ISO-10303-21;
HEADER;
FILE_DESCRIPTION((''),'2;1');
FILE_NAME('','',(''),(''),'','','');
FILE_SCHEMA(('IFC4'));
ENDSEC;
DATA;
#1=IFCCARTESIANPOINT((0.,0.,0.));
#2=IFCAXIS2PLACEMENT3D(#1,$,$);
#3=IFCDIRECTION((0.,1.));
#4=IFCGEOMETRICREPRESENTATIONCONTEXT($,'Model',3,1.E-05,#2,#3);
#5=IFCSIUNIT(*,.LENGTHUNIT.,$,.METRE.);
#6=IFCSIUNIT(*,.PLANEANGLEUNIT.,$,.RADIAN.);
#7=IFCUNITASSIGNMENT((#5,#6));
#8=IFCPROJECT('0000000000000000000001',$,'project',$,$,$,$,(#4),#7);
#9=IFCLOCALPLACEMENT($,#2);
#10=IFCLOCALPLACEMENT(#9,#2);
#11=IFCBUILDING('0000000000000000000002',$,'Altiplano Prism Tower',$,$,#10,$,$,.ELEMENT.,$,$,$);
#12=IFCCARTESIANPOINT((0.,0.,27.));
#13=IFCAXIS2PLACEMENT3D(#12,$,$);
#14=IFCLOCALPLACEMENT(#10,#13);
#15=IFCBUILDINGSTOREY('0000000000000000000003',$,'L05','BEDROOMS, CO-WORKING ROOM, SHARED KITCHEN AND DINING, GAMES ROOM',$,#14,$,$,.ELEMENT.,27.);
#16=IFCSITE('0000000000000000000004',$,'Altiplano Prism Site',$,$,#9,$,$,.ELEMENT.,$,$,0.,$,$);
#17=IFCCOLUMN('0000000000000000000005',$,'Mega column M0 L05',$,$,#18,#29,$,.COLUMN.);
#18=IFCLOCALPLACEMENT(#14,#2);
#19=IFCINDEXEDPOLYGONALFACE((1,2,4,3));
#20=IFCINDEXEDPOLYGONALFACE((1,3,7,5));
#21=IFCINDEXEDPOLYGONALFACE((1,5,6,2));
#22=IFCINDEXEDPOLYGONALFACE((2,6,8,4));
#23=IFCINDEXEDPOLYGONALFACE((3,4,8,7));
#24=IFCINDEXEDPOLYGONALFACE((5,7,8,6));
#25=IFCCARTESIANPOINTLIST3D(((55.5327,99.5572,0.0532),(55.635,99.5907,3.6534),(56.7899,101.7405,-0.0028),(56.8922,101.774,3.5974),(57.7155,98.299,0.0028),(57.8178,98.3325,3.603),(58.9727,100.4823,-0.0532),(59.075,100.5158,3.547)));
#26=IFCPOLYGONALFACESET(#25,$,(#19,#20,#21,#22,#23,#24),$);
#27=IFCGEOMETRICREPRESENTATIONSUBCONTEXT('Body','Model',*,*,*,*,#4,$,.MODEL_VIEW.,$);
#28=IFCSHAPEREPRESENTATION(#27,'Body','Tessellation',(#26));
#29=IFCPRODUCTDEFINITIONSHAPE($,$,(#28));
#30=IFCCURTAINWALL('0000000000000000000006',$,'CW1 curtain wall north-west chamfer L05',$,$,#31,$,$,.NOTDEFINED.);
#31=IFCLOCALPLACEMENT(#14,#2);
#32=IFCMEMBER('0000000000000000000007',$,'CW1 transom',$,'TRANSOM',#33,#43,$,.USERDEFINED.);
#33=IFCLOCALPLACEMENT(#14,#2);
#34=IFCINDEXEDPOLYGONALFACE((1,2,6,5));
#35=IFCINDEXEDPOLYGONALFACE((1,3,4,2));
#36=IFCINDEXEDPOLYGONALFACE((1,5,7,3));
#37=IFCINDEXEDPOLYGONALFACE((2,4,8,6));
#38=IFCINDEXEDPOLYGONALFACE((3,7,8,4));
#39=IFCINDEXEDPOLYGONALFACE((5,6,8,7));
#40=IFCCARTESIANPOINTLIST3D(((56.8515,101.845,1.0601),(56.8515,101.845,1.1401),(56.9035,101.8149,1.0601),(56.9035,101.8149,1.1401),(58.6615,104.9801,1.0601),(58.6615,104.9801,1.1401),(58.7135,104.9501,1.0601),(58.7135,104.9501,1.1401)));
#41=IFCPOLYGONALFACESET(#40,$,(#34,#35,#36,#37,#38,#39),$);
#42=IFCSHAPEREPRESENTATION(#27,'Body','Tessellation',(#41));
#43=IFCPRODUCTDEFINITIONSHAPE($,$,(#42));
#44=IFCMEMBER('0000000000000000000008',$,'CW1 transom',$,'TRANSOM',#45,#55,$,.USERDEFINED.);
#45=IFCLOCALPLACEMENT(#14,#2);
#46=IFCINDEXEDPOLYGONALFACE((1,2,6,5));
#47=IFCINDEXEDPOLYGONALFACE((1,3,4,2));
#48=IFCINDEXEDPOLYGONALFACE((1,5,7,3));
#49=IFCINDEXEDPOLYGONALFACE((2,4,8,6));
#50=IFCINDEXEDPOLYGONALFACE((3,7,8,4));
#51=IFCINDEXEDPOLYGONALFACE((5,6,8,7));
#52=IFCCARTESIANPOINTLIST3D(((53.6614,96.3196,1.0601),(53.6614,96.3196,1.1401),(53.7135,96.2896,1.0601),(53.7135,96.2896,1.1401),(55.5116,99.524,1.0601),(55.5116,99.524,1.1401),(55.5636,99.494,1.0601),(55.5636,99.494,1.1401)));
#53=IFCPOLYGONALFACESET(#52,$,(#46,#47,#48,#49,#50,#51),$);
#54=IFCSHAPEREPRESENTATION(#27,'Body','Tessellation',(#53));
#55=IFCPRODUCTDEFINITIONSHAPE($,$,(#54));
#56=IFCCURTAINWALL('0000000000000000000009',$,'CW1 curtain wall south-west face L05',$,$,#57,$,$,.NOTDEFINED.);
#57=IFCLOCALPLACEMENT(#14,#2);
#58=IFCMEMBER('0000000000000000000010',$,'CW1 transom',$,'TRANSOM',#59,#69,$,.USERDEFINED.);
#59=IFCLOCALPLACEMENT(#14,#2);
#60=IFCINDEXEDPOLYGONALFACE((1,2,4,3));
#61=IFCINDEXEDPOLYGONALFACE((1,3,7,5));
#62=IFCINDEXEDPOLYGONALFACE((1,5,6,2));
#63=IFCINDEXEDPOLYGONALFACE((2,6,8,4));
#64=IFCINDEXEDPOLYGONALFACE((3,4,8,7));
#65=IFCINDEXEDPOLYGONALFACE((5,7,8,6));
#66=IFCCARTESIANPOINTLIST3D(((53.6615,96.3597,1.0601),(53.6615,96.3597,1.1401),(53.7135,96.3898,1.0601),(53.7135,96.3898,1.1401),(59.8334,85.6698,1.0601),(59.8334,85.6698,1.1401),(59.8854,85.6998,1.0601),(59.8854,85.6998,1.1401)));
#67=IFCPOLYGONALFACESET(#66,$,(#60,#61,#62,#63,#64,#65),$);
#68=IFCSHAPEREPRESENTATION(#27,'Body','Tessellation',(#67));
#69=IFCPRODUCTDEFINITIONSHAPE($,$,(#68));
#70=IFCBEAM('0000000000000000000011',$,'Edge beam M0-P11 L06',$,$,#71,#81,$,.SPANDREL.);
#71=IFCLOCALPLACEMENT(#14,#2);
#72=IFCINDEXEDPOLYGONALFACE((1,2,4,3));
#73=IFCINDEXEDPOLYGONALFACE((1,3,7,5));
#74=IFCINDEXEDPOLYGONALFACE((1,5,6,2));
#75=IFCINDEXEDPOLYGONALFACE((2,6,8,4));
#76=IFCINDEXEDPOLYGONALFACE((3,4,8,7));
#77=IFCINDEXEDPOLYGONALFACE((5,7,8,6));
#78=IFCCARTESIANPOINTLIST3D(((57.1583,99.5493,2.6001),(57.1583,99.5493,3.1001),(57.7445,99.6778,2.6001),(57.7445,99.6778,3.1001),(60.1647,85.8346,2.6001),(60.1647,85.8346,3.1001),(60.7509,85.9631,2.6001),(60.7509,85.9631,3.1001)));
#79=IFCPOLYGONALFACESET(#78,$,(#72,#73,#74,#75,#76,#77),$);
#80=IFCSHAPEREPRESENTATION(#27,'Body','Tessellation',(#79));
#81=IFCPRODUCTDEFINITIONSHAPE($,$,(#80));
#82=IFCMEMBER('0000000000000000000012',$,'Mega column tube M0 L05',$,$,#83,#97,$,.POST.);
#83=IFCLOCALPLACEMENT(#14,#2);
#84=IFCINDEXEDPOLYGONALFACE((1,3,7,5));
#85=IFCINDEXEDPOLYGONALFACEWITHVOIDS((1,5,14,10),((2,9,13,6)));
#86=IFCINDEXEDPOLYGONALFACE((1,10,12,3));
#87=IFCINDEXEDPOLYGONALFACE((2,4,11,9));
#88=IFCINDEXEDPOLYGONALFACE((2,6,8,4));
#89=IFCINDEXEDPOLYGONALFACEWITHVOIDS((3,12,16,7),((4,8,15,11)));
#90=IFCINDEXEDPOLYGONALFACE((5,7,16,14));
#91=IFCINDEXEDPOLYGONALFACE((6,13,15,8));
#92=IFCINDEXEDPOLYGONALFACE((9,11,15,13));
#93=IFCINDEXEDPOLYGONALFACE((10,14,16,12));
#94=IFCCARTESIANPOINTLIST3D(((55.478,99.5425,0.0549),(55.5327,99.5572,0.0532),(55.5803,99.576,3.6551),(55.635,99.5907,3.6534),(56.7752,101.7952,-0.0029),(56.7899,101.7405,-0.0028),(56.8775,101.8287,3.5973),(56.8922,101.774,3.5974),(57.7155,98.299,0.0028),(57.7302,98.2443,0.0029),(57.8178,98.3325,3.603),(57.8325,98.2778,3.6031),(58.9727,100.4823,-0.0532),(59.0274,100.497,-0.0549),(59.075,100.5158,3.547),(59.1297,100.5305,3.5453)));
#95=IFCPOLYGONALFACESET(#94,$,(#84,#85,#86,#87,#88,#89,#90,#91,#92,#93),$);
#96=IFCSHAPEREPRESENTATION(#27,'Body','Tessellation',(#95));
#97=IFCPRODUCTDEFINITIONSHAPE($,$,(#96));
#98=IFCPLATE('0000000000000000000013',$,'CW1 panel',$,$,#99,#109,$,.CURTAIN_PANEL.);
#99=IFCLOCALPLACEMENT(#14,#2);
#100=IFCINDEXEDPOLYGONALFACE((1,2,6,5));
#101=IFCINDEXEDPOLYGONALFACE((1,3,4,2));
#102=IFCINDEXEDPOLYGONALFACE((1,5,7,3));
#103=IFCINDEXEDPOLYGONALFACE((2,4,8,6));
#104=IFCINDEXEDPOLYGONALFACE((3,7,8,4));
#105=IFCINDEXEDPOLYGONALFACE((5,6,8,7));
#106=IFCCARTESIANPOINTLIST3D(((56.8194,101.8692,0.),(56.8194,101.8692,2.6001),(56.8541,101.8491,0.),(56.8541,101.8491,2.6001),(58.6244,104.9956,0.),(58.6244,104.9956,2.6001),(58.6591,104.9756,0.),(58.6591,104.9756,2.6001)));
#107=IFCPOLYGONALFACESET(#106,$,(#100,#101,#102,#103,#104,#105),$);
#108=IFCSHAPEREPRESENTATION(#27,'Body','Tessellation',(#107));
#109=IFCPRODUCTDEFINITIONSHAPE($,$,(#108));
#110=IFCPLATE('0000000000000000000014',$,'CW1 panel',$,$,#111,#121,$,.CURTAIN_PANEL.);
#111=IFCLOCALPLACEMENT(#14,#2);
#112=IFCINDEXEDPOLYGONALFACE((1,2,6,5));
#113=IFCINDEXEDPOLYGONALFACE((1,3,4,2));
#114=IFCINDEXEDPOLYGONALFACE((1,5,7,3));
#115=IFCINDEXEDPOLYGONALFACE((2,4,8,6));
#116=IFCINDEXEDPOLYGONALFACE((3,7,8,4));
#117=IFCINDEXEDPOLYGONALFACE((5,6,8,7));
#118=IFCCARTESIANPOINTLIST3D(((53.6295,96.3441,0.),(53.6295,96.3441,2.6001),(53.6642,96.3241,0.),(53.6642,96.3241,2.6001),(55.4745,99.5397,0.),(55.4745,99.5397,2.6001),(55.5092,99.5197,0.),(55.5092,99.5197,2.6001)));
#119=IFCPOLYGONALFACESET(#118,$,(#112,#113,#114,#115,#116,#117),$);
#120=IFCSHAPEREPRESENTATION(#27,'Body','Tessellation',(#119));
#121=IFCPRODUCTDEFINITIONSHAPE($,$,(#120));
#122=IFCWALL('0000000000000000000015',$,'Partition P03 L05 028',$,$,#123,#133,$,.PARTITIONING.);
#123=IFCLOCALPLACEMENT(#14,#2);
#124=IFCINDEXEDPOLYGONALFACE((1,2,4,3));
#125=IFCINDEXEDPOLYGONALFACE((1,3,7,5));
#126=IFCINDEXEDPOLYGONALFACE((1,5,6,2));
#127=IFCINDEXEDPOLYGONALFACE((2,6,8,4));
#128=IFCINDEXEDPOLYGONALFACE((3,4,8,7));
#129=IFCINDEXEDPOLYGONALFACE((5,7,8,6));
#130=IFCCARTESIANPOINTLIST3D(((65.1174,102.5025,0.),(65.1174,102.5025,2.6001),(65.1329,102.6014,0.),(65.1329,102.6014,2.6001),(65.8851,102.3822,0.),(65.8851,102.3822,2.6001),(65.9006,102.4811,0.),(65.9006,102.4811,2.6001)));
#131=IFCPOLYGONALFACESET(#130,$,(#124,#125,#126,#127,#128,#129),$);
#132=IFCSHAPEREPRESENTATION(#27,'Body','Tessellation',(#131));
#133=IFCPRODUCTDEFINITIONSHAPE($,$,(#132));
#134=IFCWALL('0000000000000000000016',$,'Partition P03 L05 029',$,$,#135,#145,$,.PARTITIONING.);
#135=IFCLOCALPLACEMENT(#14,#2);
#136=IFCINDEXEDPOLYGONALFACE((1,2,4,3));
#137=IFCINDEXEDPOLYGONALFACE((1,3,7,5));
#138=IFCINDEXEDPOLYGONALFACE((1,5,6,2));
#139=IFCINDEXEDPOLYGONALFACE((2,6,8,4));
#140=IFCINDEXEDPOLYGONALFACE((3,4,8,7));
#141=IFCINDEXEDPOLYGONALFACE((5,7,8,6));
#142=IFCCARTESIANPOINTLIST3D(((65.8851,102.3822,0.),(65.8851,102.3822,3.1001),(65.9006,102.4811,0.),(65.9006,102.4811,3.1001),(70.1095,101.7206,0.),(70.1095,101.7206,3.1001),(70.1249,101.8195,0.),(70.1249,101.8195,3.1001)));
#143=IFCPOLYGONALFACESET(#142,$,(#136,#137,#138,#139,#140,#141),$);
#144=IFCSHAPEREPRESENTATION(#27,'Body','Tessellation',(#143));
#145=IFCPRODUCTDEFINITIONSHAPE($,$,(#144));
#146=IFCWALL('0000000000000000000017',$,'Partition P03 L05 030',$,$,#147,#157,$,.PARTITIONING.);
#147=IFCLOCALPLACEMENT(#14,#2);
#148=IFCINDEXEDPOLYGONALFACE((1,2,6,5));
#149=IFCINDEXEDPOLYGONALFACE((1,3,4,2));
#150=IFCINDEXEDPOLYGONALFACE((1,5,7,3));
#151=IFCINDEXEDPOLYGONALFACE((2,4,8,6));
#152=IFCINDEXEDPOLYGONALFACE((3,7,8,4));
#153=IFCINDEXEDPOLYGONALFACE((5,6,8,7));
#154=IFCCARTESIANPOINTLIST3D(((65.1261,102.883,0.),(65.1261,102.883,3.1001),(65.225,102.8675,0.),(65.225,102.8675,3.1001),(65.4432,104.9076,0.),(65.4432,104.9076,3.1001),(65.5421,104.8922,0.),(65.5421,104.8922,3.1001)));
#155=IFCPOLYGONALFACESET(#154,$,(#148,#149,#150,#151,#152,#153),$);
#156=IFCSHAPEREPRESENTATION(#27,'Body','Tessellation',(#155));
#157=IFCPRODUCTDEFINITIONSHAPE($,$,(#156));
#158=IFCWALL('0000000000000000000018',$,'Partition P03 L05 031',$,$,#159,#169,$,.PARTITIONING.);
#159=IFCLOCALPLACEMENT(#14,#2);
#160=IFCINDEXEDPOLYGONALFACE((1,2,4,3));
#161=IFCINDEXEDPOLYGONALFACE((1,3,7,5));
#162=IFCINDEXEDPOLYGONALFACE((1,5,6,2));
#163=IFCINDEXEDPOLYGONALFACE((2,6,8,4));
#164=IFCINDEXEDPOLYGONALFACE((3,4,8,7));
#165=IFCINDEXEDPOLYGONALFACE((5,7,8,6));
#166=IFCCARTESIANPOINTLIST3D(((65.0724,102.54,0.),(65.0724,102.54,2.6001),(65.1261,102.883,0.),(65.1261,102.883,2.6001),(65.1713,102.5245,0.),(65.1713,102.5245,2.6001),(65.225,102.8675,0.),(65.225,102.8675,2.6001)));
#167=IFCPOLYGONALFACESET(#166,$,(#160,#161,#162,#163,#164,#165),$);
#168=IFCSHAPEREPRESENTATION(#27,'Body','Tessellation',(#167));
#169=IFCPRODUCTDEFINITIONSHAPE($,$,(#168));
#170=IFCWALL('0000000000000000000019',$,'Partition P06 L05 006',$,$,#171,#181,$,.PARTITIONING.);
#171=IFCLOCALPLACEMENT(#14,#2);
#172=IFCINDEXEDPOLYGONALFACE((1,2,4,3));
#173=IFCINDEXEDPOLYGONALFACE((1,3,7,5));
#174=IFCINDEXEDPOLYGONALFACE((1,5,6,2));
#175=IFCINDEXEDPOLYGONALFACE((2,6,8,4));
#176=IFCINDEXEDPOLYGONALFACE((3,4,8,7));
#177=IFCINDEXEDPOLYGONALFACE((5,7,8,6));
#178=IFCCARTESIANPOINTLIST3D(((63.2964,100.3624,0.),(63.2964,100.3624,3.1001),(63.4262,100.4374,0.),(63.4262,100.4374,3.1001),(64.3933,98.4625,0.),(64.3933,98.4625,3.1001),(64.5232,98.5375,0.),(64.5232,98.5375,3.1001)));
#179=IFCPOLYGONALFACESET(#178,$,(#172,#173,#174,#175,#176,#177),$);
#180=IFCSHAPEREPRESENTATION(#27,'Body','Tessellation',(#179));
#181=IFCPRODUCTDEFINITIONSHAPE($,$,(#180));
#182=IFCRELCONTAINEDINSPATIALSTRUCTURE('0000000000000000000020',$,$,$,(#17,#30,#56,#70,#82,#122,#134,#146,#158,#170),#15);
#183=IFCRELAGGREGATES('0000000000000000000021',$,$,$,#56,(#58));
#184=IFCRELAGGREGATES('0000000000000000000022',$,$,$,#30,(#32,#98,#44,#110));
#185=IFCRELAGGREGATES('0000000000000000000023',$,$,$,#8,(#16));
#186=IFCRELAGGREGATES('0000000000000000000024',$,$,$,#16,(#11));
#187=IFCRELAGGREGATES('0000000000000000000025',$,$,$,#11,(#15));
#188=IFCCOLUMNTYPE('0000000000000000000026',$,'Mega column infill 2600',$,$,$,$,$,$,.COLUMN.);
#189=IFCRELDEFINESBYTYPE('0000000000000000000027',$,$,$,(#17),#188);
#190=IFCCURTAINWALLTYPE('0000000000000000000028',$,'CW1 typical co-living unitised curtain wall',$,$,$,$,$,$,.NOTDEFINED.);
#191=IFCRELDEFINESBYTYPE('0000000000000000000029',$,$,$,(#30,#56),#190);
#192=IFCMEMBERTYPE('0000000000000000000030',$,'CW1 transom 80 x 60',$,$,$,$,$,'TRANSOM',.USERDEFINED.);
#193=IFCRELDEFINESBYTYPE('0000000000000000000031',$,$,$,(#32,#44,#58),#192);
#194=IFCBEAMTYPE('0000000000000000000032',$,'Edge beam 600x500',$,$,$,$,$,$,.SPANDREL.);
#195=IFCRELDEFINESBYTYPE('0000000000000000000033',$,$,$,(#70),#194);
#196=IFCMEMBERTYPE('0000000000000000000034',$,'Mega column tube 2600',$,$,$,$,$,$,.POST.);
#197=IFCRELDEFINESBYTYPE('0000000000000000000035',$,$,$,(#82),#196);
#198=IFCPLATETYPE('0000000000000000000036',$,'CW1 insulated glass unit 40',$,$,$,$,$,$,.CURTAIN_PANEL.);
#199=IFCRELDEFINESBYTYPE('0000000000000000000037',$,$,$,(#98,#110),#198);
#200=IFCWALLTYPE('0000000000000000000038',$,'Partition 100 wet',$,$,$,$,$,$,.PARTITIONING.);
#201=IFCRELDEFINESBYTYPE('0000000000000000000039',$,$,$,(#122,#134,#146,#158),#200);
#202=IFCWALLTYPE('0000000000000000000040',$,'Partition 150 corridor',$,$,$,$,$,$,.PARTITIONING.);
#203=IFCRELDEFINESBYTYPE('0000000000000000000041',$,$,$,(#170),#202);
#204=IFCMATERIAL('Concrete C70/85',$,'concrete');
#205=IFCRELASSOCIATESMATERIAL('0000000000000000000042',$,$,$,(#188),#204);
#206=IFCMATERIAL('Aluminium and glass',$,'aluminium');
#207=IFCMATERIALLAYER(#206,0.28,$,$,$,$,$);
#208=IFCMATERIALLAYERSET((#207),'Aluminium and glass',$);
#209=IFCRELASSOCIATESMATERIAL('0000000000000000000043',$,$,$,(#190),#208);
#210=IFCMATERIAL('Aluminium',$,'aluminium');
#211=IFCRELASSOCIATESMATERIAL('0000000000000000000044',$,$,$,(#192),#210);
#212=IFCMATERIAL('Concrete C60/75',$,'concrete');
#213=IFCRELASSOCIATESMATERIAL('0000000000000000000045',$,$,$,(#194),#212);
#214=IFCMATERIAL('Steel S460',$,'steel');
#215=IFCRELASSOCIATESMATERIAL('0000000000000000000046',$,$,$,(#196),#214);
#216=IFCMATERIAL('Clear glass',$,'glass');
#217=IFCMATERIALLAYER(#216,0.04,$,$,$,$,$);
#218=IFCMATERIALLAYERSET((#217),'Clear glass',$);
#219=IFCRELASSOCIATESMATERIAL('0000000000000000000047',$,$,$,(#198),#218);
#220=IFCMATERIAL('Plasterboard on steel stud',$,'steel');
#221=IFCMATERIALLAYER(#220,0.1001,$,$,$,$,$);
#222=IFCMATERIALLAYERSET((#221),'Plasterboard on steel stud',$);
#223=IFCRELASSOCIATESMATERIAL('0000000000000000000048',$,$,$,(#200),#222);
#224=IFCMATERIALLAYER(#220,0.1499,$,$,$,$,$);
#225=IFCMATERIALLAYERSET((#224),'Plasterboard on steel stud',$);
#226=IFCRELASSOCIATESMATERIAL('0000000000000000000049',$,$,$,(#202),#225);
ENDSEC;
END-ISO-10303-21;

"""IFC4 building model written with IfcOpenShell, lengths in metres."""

from ifc_helpers import new_model, si_unit, direction, frame, frame_2d, origin, origin_2d, place, context, subcontext, project, spatial, rectangle, hollow_rectangle, extrude, material, layer, layer_set, material_profile, profile_set, type_object, element, aggregate, save


model = new_model("IFC4")

# Units and contexts
model_context = context("Model", 3, precision=1e-05, world=origin(), true_north=direction((0.0, 1.0)))
body_context = subcontext(model_context, "Body", "Model", "MODEL_VIEW")
ifc_project = project(units=[si_unit("LENGTHUNIT", "METRE"), si_unit("PLANEANGLEUNIT", "RADIAN")], contexts=[model_context])

# Site, building, storey
site_placement = place(None, origin())
site = spatial("IfcSite", under=ifc_project, at=site_placement, Name="Altiplano Prism Site", CompositionType="ELEMENT", RefElevation=0.0)
building_placement = place(site_placement, origin())
building = spatial("IfcBuilding", under=site, at=building_placement, Name="Altiplano Prism Tower", CompositionType="ELEMENT")
storey_placement = place(building_placement, frame((0.0, 0.0, 27.0)))
storey = spatial("IfcBuildingStorey", under=building, at=storey_placement, Name="L05", Description="BEDROOMS, CO-WORKING ROOM, SHARED KITCHEN AND DINING, GAMES ROOM", CompositionType="ELEMENT", Elevation=27.0)

# Column
ifc_material_1 = material(Name="Concrete C70/85", Category="concrete")
ifc_material_profile_1 = material_profile(ifc_material_1, rectangle(XDim=2.52, YDim=2.52, at=origin_2d()), Name="Mega column infill 2600")
ifc_profile_set_1 = profile_set([ifc_material_profile_1], Name="Concrete C70/85")
column_type = type_object("IfcColumnType", Name="Mega column infill 2600", PredefinedType="COLUMN", material=ifc_profile_set_1)
column_placement = place(storey_placement, frame((57.2527, 100.0198, 0.0), z_axis=(0.028402, 0.009287, 0.999553), x_axis=(-0.866202, 0.499295, 0.019974)))
element("IfcColumn", 1, at=column_placement, inside=storey, type_object=column_type, Name="Mega column M0 L05", PredefinedType="COLUMN", context=body_context, shape_type="SweptSolid", body=[
    extrude(rectangle(XDim=2.52, YDim=2.52, at=origin_2d()), origin(), (0.0, 0.0, 1.0), 3.6018),
])

# Curtain wall, members
ifc_material_2 = material(Name="Aluminium and glass", Category="aluminium")
ifc_layer_1 = layer(ifc_material_2, 0.28)
ifc_layer_set_1 = layer_set([ifc_layer_1], Name="Aluminium and glass")
curtain_wall_type = type_object("IfcCurtainWallType", Name="CW1 typical co-living unitised curtain wall", PredefinedType="NOTDEFINED", material=ifc_layer_set_1)
curtain_wall_1_placement = place(storey_placement, origin())
curtain_wall_1 = element("IfcCurtainWall", 2, at=curtain_wall_1_placement, inside=storey, type_object=curtain_wall_type, Name="CW1 curtain wall north-west chamfer L05", PredefinedType="NOTDEFINED")
ifc_material_3 = material(Name="Aluminium", Category="aluminium")
ifc_material_profile_2 = material_profile(ifc_material_3, rectangle(XDim=0.0601, YDim=0.0801, at=origin_2d()), Name="CW1 transom 80 x 60")
ifc_profile_set_2 = profile_set([ifc_material_profile_2], Name="Aluminium")
member_type_1 = type_object("IfcMemberType", Name="CW1 transom 80 x 60", ElementType="TRANSOM", PredefinedType="USERDEFINED", material=ifc_profile_set_2)
member_1_placement = place(storey_placement, frame((58.6875, 104.9651, 1.1001), z_axis=(-0.499983, -0.866035, 0.0), x_axis=(0.866035, -0.499983, 0.0)))
member_1 = element("IfcMember", 3, at=member_1_placement, type_object=member_type_1, Name="CW1 transom", ObjectType="TRANSOM", PredefinedType="USERDEFINED", context=body_context, shape_type="SweptSolid", body=[
    extrude(rectangle(XDim=0.0601, YDim=0.0801, at=origin_2d()), origin(), (0.0, 0.0, 1.0), 3.6201),
])
member_2_placement = place(storey_placement, frame((55.5376, 99.509, 1.1001), z_axis=(-0.500014, -0.866017, 0.0), x_axis=(0.866017, -0.500014, 0.0)))
member_2 = element("IfcMember", 4, at=member_2_placement, type_object=member_type_1, Name="CW1 transom", ObjectType="TRANSOM", PredefinedType="USERDEFINED", context=body_context, shape_type="SweptSolid", body=[
    extrude(rectangle(XDim=0.0601, YDim=0.0801, at=origin_2d()), origin(), (0.0, 0.0, 1.0), 3.7002),
])

# Curtain wall, member
curtain_wall_2_placement = place(storey_placement, origin())
curtain_wall_2 = element("IfcCurtainWall", 5, at=curtain_wall_2_placement, inside=storey, type_object=curtain_wall_type, Name="CW1 curtain wall south-west face L05", PredefinedType="NOTDEFINED")
member_3_placement = place(storey_placement, frame((53.6875, 96.3748, 1.1001), z_axis=(0.500002, -0.866024, 0.0), x_axis=(0.866024, 0.500002, 0.0)))
member_3 = element("IfcMember", 6, at=member_3_placement, type_object=member_type_1, Name="CW1 transom", ObjectType="TRANSOM", PredefinedType="USERDEFINED", context=body_context, shape_type="SweptSolid", body=[
    extrude(rectangle(XDim=0.0601, YDim=0.0801, at=origin_2d()), origin(), (0.0, 0.0, 1.0), 12.3438),
])
aggregate(curtain_wall_2, [member_3])

# Beam
ifc_material_4 = material(Name="Concrete C60/75", Category="concrete")
ifc_material_profile_3 = material_profile(ifc_material_4, rectangle(XDim=0.6001, YDim=0.5, at=origin_2d()), Name="Edge beam 600x500")
ifc_profile_set_3 = profile_set([ifc_material_profile_3], Name="Concrete C60/75")
beam_type = type_object("IfcBeamType", Name="Edge beam 600x500", PredefinedType="SPANDREL", material=ifc_profile_set_3)
beam_placement = place(storey_placement, frame((57.4514, 99.6135, 2.8501), z_axis=(0.214124, -0.976807, 0.0), x_axis=(0.976807, 0.214124, 0.0)))
element("IfcBeam", 7, at=beam_placement, inside=storey, type_object=beam_type, Name="Edge beam M0-P11 L06", PredefinedType="SPANDREL", context=body_context, shape_type="SweptSolid", body=[
    extrude(rectangle(XDim=0.6001, YDim=0.5, at=origin_2d()), origin(), (0.0, 0.0, 1.0), 14.0403),
])

# Member
ifc_material_5 = material(Name="Steel S460", Category="steel")
ifc_material_profile_4 = material_profile(ifc_material_5, hollow_rectangle(XDim=2.6001, YDim=2.6001, WallThickness=0.04, at=origin_2d()), Name="Mega column tube 2600")
ifc_profile_set_4 = profile_set([ifc_material_profile_4], Name="Steel S460")
member_type_2 = type_object("IfcMemberType", Name="Mega column tube 2600", PredefinedType="POST", material=ifc_profile_set_4)
member_4_placement = place(storey_placement, frame((57.2527, 100.0198, 0.0), z_axis=(0.028402, 0.009287, 0.999553), x_axis=(-0.866202, 0.499295, 0.019974)))
element("IfcMember", 8, at=member_4_placement, inside=storey, type_object=member_type_2, Name="Mega column tube M0 L05", PredefinedType="POST", context=body_context, shape_type="SweptSolid", body=[
    extrude(hollow_rectangle(XDim=2.6001, YDim=2.6001, WallThickness=0.04, at=origin_2d()), origin(), (0.0, 0.0, 1.0), 3.6018),
])

# Plates
ifc_material_6 = material(Name="Clear glass", Category="glass")
ifc_layer_2 = layer(ifc_material_6, 0.04)
ifc_layer_set_2 = layer_set([ifc_layer_2], Name="Clear glass")
plate_type = type_object("IfcPlateType", Name="CW1 insulated glass unit 40", PredefinedType="CURTAIN_PANEL", material=ifc_layer_set_2)
plate_1_placement = place(storey_placement, frame((57.7393, 103.4224, 0.0), z_axis=(0.0, 0.0, 1.0), x_axis=(-0.5, -0.866025, 0.0)))
plate_1 = element("IfcPlate", 9, at=plate_1_placement, type_object=plate_type, Name="CW1 panel", PredefinedType="CURTAIN_PANEL", context=body_context, shape_type="SweptSolid", body=[
    extrude(rectangle(XDim=3.6101, YDim=0.04, at=origin_2d()), origin(), (0.0, 0.0, 1.0), 2.6001),
])
plate_2_placement = place(storey_placement, frame((54.5693, 97.9319, 0.0), z_axis=(0.0, 0.0, 1.0), x_axis=(-0.5, -0.866025, 0.0)))
plate_2 = element("IfcPlate", 10, at=plate_2_placement, type_object=plate_type, Name="CW1 panel", PredefinedType="CURTAIN_PANEL", context=body_context, shape_type="SweptSolid", body=[
    extrude(rectangle(XDim=3.6899, YDim=0.04, at=origin_2d()), origin(), (0.0, 0.0, 1.0), 2.6001),
])
aggregate(curtain_wall_1, [member_1, plate_1, member_2, plate_2])

# Walls
ifc_material_7 = material(Name="Plasterboard on steel stud", Category="steel")
ifc_layer_3 = layer(ifc_material_7, 0.1001)
ifc_layer_set_3 = layer_set([ifc_layer_3], Name="Plasterboard on steel stud")
wall_type_1 = type_object("IfcWallType", Name="Partition 100 wet", PredefinedType="PARTITIONING", material=ifc_layer_set_3)
wall_1_placement = place(storey_placement, frame((65.125, 102.552, 0.0), z_axis=(0.0, 0.0, 1.0), x_axis=(0.987936, -0.154866, 0.0)))
element("IfcWall", 11, at=wall_1_placement, inside=storey, type_object=wall_type_1, Name="Partition P03 L05 028", PredefinedType="PARTITIONING", context=body_context, shape_type="SweptSolid", body=[
    extrude(rectangle(XDim=0.7771, YDim=0.1001, at=frame_2d((0.3887, 0.0))), origin(), (0.0, 0.0, 1.0), 2.6001),
])
wall_2_placement = place(storey_placement, frame((65.8928, 102.4316, 0.0), z_axis=(0.0, 0.0, 1.0), x_axis=(0.987956, -0.154734, 0.0)))
element("IfcWall", 12, at=wall_2_placement, inside=storey, type_object=wall_type_1, Name="Partition P03 L05 029", PredefinedType="PARTITIONING", context=body_context, shape_type="SweptSolid", body=[
    extrude(rectangle(XDim=4.2759, YDim=0.1001, at=frame_2d((2.1379, 0.0))), origin(), (0.0, 0.0, 1.0), 3.1001),
])
wall_3_placement = place(storey_placement, frame((65.4927, 104.8999, 0.0), z_axis=(0.0, 0.0, 1.0), x_axis=(-0.154751, -0.987953, 0.0)))
element("IfcWall", 13, at=wall_3_placement, inside=storey, type_object=wall_type_1, Name="Partition P03 L05 030", PredefinedType="PARTITIONING", context=body_context, shape_type="SweptSolid", body=[
    extrude(rectangle(XDim=2.0493, YDim=0.1001, at=frame_2d((1.0247, 0.0))), origin(), (0.0, 0.0, 1.0), 3.1001),
])
wall_4_placement = place(storey_placement, frame((65.1755, 102.8752, 0.0), z_axis=(0.0, 0.0, 1.0), x_axis=(-0.154699, -0.987962, 0.0)))
element("IfcWall", 14, at=wall_4_placement, inside=storey, type_object=wall_type_1, Name="Partition P03 L05 031", PredefinedType="PARTITIONING", context=body_context, shape_type="SweptSolid", body=[
    extrude(rectangle(XDim=0.3472, YDim=0.1001, at=frame_2d((0.1736, 0.0))), origin(), (0.0, 0.0, 1.0), 2.6001),
])
ifc_layer_4 = layer(ifc_material_7, 0.1499)
ifc_layer_set_4 = layer_set([ifc_layer_4], Name="Plasterboard on steel stud")
wall_type_2 = type_object("IfcWallType", Name="Partition 150 corridor", PredefinedType="PARTITIONING", material=ifc_layer_set_4)
wall_5_placement = place(storey_placement, frame((64.4583, 98.5, 0.0), z_axis=(0.0, 0.0, 1.0), x_axis=(-0.500005, 0.866023, 0.0)))
element("IfcWall", 15, at=wall_5_placement, inside=storey, type_object=wall_type_2, Name="Partition P06 L05 006", PredefinedType="PARTITIONING", context=body_context, shape_type="SweptSolid", body=[
    extrude(rectangle(XDim=2.1938, YDim=0.1499, at=frame_2d((1.0969, 0.0))), origin(), (0.0, 0.0, 1.0), 3.1001),
])

save(model, "model.ifc")
